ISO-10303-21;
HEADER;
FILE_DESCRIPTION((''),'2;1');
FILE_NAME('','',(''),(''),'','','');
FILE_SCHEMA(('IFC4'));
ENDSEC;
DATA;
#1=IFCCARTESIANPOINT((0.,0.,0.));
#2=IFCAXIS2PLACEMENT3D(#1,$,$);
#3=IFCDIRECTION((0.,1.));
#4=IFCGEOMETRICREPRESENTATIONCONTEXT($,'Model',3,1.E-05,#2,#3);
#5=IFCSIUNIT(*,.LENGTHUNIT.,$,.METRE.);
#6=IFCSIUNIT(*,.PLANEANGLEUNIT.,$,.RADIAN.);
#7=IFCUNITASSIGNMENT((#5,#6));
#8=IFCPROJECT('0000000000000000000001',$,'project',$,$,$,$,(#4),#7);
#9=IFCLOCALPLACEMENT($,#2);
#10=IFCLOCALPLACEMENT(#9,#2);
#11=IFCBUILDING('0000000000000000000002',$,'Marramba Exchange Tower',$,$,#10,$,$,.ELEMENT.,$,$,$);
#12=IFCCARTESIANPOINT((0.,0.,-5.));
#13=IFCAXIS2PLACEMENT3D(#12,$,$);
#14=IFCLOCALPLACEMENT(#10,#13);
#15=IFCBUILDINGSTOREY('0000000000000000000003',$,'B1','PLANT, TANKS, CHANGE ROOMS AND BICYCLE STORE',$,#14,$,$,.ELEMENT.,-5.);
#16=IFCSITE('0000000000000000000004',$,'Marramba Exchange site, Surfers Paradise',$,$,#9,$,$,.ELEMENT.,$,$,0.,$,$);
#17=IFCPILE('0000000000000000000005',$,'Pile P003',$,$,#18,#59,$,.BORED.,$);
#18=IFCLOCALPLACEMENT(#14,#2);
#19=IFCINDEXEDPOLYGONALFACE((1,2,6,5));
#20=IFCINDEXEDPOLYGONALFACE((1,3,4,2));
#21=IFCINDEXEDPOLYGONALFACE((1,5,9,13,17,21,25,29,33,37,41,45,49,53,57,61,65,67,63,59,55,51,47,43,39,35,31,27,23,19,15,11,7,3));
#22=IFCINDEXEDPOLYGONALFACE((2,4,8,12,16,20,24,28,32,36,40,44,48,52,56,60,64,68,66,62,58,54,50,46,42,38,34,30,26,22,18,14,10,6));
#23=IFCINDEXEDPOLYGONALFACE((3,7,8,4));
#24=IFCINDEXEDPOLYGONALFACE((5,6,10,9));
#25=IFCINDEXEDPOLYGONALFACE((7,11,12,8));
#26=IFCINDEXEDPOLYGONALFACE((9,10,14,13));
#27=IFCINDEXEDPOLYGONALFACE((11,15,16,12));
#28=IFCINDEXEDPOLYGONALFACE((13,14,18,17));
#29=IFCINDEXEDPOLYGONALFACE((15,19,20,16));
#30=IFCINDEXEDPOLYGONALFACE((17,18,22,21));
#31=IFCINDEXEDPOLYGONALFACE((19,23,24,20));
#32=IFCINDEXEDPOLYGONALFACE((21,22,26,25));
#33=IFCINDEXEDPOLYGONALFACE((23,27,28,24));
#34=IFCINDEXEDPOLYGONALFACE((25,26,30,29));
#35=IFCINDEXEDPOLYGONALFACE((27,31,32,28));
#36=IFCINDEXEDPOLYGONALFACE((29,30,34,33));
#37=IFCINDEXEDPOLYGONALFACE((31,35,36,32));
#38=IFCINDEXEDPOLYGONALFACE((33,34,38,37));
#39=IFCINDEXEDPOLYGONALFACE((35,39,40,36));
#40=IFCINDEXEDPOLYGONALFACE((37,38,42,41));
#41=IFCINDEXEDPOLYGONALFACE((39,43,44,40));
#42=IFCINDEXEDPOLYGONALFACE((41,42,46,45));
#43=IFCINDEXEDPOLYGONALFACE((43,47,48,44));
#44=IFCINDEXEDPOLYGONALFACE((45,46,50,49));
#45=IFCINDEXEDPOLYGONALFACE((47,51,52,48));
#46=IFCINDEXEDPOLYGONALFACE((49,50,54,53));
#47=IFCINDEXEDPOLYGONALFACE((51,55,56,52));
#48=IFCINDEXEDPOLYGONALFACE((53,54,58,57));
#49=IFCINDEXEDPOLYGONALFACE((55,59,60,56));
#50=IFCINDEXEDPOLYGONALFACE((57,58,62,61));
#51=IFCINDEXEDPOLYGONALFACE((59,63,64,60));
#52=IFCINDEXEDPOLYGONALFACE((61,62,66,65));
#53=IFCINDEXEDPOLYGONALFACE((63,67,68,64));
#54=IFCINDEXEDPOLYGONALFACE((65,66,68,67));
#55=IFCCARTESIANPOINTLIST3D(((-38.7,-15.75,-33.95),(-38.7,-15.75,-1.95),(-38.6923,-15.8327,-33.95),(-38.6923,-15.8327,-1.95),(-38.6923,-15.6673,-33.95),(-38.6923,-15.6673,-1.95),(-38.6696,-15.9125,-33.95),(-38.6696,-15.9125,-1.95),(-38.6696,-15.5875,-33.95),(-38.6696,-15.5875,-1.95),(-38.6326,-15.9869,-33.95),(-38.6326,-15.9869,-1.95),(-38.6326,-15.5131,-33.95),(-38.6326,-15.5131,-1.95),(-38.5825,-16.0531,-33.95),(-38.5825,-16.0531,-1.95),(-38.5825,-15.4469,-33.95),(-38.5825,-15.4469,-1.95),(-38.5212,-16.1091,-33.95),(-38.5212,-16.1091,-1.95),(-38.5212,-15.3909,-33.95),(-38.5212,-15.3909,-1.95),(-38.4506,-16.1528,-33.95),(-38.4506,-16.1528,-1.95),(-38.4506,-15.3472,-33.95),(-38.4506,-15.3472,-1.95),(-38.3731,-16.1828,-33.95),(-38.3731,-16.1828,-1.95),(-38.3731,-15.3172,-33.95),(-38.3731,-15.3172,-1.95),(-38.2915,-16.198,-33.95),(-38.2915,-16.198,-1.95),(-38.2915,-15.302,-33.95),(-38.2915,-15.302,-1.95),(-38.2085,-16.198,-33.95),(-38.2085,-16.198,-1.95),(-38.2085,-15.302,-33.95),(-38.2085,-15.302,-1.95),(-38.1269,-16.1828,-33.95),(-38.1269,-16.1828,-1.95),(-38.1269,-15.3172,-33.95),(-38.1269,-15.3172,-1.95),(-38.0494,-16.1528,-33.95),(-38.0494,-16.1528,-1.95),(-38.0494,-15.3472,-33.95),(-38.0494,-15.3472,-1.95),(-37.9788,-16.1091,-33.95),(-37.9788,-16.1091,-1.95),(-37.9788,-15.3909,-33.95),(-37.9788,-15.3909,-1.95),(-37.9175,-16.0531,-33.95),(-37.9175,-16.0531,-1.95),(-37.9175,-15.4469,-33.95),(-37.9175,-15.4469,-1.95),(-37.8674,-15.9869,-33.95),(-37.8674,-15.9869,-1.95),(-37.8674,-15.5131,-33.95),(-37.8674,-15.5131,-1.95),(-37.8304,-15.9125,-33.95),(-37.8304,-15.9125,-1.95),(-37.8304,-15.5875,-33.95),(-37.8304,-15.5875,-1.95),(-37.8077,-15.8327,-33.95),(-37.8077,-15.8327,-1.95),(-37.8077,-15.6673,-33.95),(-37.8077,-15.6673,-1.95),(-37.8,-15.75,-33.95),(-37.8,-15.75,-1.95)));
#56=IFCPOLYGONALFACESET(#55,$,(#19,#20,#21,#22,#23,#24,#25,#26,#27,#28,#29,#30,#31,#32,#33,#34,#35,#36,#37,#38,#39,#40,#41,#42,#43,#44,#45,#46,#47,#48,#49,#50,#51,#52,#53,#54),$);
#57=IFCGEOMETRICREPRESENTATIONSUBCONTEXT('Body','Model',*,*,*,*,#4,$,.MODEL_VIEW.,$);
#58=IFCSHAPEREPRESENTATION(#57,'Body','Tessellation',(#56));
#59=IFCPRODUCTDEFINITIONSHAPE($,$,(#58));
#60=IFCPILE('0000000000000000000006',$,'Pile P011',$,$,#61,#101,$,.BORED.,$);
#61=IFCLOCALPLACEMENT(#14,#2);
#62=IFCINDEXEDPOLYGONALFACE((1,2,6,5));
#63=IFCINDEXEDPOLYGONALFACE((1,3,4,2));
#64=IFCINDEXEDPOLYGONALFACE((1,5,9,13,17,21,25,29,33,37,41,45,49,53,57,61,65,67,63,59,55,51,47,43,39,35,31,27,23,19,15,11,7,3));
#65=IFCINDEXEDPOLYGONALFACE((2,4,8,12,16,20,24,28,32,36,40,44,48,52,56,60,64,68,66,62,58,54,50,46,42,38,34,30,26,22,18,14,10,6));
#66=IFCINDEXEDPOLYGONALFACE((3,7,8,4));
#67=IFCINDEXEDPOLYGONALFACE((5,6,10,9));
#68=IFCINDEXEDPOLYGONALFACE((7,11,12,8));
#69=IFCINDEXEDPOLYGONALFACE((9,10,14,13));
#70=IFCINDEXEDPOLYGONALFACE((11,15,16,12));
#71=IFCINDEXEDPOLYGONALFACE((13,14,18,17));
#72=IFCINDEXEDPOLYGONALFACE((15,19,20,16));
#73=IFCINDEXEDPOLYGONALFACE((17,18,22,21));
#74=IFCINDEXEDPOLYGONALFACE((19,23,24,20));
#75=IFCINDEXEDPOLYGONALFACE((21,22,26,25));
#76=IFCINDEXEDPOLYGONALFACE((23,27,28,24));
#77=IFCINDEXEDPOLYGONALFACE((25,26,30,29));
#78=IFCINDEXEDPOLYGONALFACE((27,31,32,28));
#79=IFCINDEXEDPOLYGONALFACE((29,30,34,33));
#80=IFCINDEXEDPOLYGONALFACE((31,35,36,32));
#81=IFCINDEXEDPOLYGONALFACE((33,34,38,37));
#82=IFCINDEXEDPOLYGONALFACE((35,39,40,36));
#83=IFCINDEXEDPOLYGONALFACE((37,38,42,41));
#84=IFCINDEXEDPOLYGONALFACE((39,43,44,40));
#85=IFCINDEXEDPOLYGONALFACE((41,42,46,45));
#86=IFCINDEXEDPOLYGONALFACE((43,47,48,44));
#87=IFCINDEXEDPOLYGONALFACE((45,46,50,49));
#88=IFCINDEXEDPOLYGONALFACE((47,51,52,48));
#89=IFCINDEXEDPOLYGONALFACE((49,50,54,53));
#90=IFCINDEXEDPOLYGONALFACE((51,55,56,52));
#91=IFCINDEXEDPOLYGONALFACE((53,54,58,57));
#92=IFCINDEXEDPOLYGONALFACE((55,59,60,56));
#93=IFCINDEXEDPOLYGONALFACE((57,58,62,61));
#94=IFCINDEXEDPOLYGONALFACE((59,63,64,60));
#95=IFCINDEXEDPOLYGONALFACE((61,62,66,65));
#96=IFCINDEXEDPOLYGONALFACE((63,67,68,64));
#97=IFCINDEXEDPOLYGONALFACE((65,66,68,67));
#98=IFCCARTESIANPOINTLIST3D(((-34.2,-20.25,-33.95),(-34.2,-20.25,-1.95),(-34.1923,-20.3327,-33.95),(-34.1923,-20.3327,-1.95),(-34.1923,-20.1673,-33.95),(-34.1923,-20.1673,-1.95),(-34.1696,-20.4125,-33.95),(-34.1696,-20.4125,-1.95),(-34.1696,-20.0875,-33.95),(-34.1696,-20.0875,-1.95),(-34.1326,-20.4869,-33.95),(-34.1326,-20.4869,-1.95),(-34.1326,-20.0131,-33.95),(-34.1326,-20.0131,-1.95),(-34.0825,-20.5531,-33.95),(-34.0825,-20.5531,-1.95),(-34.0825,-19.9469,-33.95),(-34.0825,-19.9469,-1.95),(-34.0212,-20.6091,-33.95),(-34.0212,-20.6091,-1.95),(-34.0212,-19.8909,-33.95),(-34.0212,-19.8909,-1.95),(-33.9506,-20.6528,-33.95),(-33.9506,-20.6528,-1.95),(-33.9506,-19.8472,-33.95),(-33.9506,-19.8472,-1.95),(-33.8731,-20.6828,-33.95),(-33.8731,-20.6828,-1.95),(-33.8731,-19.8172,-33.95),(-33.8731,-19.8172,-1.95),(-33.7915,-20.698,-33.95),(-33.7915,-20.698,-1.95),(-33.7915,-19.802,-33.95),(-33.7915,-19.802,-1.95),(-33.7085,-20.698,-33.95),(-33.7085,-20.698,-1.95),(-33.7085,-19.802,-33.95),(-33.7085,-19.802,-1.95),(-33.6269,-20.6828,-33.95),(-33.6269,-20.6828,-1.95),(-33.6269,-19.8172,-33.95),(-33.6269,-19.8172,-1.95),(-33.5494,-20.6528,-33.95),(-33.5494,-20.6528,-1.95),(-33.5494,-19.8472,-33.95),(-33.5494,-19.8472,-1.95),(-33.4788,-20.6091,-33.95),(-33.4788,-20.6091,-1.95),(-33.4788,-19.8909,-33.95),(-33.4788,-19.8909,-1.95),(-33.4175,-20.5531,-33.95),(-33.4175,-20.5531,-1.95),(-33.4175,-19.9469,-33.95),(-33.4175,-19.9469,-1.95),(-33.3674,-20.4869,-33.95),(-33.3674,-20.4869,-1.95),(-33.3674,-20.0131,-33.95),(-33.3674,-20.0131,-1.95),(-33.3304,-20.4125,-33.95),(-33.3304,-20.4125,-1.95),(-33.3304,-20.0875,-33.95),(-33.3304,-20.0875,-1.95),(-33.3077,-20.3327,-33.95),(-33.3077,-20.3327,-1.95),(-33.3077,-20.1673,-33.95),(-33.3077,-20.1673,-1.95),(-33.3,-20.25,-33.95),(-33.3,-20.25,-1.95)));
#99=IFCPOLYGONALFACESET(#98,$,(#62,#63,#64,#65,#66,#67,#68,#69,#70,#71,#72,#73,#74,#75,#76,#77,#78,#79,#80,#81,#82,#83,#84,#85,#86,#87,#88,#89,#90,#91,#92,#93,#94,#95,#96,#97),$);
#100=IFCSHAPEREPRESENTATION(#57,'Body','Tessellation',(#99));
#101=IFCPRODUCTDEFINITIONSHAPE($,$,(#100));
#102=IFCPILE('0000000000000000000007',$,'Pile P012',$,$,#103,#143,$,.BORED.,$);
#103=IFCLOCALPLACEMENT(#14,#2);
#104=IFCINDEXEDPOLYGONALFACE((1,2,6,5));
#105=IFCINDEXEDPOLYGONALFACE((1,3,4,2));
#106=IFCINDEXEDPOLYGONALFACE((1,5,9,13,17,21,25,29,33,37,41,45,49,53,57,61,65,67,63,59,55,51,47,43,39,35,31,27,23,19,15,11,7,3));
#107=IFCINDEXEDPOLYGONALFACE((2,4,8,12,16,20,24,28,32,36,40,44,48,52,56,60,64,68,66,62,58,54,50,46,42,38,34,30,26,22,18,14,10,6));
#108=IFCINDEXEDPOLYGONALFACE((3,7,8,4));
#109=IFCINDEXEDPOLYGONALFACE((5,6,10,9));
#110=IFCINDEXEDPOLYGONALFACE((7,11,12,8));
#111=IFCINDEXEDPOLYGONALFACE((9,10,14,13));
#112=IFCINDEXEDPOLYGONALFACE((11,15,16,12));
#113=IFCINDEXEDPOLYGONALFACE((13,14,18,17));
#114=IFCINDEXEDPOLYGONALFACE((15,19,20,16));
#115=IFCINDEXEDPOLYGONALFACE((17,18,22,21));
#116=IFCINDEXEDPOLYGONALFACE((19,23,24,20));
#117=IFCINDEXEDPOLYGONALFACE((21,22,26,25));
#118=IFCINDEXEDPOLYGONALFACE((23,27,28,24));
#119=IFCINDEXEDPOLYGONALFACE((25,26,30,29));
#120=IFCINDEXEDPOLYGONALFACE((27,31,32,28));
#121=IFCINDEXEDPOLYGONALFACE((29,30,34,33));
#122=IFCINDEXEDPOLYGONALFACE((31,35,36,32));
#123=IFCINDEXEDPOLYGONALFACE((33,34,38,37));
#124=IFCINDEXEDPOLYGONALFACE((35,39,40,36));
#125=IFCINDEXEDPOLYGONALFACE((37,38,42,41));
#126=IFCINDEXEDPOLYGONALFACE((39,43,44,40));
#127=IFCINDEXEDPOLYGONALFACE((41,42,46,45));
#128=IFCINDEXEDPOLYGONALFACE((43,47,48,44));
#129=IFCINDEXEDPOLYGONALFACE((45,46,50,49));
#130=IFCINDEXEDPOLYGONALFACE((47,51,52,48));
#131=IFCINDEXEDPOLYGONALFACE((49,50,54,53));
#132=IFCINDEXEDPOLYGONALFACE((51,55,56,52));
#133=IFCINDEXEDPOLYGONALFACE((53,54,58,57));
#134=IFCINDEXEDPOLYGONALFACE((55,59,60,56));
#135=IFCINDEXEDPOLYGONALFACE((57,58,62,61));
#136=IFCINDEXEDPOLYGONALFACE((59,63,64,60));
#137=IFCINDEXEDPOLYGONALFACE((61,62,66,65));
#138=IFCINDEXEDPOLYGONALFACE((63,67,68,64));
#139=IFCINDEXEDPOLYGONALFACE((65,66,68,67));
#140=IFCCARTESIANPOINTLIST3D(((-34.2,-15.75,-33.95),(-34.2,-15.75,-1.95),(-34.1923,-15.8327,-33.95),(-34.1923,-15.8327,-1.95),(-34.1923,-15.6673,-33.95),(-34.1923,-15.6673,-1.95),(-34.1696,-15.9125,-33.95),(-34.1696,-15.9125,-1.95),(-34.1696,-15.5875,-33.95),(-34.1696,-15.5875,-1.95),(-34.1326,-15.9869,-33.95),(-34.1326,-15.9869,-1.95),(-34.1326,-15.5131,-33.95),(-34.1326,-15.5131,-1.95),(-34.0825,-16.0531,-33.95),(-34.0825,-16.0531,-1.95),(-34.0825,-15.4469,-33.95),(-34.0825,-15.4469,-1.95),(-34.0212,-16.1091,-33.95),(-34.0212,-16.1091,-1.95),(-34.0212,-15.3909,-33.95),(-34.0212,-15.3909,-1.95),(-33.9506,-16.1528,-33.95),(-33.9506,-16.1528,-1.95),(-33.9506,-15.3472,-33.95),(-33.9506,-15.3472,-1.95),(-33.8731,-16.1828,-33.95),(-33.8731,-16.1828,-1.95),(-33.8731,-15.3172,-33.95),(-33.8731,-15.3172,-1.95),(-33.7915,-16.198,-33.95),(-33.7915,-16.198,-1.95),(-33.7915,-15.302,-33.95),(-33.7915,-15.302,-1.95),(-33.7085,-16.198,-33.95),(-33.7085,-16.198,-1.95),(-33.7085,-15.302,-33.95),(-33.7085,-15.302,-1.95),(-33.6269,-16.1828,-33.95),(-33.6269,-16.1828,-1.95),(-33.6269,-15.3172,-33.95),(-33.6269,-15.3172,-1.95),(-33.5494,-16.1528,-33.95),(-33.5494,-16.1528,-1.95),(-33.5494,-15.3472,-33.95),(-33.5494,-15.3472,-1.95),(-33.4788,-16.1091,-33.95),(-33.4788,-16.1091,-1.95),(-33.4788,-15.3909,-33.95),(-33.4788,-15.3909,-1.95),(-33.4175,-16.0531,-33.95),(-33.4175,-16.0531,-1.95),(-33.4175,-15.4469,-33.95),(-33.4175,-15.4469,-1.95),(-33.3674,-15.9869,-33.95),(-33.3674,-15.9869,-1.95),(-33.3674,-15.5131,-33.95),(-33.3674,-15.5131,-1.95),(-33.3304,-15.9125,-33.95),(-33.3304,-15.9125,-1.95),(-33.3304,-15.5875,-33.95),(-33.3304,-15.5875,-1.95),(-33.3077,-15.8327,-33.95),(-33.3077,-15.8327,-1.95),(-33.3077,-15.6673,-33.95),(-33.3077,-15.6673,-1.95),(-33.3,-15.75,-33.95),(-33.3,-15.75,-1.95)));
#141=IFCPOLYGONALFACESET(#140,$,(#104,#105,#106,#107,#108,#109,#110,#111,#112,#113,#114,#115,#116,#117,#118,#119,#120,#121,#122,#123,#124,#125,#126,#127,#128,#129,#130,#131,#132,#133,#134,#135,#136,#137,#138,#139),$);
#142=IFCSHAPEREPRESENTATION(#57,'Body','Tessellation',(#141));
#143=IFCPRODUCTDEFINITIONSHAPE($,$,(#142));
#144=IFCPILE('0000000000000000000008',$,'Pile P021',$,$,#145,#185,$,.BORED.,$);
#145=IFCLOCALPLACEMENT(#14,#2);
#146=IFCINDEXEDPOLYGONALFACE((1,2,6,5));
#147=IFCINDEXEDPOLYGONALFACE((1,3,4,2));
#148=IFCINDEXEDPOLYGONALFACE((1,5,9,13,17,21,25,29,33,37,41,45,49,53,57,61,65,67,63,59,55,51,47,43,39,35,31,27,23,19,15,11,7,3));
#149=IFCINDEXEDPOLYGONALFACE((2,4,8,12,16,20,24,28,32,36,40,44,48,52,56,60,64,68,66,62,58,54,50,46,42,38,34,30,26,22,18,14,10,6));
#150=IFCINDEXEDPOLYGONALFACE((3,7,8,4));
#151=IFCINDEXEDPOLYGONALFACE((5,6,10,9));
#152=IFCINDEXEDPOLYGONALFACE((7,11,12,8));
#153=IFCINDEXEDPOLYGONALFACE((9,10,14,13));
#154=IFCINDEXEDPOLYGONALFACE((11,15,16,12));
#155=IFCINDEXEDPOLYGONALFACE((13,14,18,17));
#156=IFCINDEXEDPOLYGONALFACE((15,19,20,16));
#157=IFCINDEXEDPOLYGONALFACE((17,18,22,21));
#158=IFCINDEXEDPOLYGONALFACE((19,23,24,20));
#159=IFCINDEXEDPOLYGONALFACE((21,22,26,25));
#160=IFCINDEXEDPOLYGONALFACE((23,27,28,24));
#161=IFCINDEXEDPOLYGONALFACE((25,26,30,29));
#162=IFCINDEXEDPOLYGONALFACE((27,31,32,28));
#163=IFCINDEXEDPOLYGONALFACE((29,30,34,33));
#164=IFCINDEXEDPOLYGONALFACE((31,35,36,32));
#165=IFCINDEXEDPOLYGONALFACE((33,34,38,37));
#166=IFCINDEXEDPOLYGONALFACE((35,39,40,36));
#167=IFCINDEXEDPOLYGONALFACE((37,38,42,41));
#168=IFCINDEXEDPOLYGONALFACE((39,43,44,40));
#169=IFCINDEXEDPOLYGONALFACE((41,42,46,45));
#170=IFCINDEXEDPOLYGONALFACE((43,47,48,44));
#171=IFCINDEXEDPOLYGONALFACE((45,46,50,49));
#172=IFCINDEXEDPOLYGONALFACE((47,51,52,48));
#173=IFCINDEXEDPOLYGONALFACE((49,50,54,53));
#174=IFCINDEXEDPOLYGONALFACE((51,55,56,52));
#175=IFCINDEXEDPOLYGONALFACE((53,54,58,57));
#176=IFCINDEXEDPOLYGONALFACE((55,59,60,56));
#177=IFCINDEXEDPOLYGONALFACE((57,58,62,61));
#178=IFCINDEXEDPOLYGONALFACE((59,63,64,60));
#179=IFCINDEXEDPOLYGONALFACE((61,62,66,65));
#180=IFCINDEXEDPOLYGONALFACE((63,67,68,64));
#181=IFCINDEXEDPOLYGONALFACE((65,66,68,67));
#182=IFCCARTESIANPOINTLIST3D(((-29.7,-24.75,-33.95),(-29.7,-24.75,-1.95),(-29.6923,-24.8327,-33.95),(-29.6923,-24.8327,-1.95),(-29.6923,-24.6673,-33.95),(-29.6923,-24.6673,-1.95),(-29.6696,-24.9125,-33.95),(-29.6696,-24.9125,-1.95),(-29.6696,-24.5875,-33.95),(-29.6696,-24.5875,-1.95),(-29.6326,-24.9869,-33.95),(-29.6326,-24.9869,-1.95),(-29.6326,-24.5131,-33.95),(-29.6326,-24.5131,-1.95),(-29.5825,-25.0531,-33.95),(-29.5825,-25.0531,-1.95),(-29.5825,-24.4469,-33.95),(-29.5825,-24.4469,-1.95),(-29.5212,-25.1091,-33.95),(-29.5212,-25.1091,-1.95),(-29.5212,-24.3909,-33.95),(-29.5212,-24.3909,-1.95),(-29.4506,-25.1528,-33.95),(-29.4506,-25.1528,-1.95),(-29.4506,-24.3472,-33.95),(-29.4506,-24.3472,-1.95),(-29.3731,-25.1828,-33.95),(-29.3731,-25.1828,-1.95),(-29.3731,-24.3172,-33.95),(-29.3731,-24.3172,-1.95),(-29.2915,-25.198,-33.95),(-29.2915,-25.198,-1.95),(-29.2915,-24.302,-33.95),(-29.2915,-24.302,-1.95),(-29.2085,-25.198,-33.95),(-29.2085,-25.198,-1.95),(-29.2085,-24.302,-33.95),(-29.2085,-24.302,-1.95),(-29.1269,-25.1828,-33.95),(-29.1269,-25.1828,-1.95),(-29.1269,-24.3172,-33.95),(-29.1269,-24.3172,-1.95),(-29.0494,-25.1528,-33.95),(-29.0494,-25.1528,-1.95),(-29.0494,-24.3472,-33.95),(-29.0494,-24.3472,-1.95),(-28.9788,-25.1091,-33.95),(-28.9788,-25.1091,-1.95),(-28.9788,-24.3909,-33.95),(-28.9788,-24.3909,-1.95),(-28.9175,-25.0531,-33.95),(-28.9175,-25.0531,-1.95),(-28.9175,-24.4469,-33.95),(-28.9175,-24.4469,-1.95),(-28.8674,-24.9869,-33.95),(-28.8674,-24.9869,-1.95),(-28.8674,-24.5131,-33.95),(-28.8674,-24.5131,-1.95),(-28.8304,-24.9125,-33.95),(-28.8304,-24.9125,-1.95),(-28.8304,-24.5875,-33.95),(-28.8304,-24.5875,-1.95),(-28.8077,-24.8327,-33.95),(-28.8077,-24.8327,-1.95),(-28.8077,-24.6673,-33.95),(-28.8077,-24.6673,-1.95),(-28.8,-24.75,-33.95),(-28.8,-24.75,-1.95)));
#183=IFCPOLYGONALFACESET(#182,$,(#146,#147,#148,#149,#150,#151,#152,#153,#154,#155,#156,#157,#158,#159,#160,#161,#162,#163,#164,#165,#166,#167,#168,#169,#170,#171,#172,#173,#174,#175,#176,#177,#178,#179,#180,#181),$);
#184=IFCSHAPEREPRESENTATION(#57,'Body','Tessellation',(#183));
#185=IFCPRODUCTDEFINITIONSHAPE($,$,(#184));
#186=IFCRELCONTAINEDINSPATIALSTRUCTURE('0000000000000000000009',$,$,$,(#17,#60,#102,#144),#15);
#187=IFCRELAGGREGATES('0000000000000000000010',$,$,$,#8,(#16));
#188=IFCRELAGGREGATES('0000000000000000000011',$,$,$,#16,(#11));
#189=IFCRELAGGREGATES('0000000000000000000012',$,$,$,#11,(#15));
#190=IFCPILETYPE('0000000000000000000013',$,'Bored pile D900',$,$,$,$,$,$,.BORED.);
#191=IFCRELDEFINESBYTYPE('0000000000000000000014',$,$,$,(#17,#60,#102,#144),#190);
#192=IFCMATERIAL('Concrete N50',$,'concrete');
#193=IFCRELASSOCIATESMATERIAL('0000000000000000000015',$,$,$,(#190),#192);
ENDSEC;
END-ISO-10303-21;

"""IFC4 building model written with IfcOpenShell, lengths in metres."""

from ifc_helpers import new_model, si_unit, direction, frame, origin, origin_2d, place, context, subcontext, project, spatial, circle, extrude, material, material_profile, profile_set, type_object, element, save


model = new_model("IFC4")

# Units and contexts
model_context = context("Model", 3, precision=1e-05, world=origin(), true_north=direction((0.0, 1.0)))
body_context = subcontext(model_context, "Body", "Model", "MODEL_VIEW")
ifc_project = project(units=[si_unit("LENGTHUNIT", "METRE"), si_unit("PLANEANGLEUNIT", "RADIAN")], contexts=[model_context])

# Site, building, storey
site_placement = place(None, origin())
site = spatial("IfcSite", under=ifc_project, at=site_placement, Name="Marramba Exchange site, Surfers Paradise", CompositionType="ELEMENT", RefElevation=0.0)
building_placement = place(site_placement, origin())
building = spatial("IfcBuilding", under=site, at=building_placement, Name="Marramba Exchange Tower", CompositionType="ELEMENT")
storey_placement = place(building_placement, frame((0.0, 0.0, -5.0)))
storey = spatial("IfcBuildingStorey", under=building, at=storey_placement, Name="B1", Description="PLANT, TANKS, CHANGE ROOMS AND BICYCLE STORE", CompositionType="ELEMENT", Elevation=-5.0)

# Piles
ifc_material_1 = material(Name="Concrete N50", Category="concrete")
ifc_material_profile_1 = material_profile(ifc_material_1, circle(Radius=0.45, at=origin_2d()), Name="BP D900")
ifc_profile_set_1 = profile_set([ifc_material_profile_1], Name="Concrete N50")
pile_type = type_object("IfcPileType", Name="Bored pile D900", PredefinedType="BORED", material=ifc_profile_set_1)
for number, where, z_axis, x_axis, name in (
    (1, (-38.25, -15.75, -1.95), (0.0, 0.0, -1.0), (1.0, 0.0, 0.0), "Pile P003"),
    (2, (-33.75, -20.25, -1.95), (0.0, 0.0, -1.0), (1.0, 0.0, 0.0), "Pile P011"),
    (3, (-33.75, -15.75, -1.95), (0.0, 0.0, -1.0), (1.0, 0.0, 0.0), "Pile P012"),
    (4, (-29.25, -24.75, -1.95), (0.0, 0.0, -1.0), (1.0, 0.0, 0.0), "Pile P021"),
):
    element("IfcPile", number, at=place(storey_placement, frame(where, z_axis=z_axis, x_axis=x_axis)), inside=storey, type_object=pile_type, Name=name, PredefinedType="BORED", context=body_context, shape_type="SweptSolid", body=[
        extrude(circle(Radius=0.45, at=origin_2d()), origin(), (0.0, 0.0, 1.0), 32.0),
    ])

save(model, "model.ifc")
